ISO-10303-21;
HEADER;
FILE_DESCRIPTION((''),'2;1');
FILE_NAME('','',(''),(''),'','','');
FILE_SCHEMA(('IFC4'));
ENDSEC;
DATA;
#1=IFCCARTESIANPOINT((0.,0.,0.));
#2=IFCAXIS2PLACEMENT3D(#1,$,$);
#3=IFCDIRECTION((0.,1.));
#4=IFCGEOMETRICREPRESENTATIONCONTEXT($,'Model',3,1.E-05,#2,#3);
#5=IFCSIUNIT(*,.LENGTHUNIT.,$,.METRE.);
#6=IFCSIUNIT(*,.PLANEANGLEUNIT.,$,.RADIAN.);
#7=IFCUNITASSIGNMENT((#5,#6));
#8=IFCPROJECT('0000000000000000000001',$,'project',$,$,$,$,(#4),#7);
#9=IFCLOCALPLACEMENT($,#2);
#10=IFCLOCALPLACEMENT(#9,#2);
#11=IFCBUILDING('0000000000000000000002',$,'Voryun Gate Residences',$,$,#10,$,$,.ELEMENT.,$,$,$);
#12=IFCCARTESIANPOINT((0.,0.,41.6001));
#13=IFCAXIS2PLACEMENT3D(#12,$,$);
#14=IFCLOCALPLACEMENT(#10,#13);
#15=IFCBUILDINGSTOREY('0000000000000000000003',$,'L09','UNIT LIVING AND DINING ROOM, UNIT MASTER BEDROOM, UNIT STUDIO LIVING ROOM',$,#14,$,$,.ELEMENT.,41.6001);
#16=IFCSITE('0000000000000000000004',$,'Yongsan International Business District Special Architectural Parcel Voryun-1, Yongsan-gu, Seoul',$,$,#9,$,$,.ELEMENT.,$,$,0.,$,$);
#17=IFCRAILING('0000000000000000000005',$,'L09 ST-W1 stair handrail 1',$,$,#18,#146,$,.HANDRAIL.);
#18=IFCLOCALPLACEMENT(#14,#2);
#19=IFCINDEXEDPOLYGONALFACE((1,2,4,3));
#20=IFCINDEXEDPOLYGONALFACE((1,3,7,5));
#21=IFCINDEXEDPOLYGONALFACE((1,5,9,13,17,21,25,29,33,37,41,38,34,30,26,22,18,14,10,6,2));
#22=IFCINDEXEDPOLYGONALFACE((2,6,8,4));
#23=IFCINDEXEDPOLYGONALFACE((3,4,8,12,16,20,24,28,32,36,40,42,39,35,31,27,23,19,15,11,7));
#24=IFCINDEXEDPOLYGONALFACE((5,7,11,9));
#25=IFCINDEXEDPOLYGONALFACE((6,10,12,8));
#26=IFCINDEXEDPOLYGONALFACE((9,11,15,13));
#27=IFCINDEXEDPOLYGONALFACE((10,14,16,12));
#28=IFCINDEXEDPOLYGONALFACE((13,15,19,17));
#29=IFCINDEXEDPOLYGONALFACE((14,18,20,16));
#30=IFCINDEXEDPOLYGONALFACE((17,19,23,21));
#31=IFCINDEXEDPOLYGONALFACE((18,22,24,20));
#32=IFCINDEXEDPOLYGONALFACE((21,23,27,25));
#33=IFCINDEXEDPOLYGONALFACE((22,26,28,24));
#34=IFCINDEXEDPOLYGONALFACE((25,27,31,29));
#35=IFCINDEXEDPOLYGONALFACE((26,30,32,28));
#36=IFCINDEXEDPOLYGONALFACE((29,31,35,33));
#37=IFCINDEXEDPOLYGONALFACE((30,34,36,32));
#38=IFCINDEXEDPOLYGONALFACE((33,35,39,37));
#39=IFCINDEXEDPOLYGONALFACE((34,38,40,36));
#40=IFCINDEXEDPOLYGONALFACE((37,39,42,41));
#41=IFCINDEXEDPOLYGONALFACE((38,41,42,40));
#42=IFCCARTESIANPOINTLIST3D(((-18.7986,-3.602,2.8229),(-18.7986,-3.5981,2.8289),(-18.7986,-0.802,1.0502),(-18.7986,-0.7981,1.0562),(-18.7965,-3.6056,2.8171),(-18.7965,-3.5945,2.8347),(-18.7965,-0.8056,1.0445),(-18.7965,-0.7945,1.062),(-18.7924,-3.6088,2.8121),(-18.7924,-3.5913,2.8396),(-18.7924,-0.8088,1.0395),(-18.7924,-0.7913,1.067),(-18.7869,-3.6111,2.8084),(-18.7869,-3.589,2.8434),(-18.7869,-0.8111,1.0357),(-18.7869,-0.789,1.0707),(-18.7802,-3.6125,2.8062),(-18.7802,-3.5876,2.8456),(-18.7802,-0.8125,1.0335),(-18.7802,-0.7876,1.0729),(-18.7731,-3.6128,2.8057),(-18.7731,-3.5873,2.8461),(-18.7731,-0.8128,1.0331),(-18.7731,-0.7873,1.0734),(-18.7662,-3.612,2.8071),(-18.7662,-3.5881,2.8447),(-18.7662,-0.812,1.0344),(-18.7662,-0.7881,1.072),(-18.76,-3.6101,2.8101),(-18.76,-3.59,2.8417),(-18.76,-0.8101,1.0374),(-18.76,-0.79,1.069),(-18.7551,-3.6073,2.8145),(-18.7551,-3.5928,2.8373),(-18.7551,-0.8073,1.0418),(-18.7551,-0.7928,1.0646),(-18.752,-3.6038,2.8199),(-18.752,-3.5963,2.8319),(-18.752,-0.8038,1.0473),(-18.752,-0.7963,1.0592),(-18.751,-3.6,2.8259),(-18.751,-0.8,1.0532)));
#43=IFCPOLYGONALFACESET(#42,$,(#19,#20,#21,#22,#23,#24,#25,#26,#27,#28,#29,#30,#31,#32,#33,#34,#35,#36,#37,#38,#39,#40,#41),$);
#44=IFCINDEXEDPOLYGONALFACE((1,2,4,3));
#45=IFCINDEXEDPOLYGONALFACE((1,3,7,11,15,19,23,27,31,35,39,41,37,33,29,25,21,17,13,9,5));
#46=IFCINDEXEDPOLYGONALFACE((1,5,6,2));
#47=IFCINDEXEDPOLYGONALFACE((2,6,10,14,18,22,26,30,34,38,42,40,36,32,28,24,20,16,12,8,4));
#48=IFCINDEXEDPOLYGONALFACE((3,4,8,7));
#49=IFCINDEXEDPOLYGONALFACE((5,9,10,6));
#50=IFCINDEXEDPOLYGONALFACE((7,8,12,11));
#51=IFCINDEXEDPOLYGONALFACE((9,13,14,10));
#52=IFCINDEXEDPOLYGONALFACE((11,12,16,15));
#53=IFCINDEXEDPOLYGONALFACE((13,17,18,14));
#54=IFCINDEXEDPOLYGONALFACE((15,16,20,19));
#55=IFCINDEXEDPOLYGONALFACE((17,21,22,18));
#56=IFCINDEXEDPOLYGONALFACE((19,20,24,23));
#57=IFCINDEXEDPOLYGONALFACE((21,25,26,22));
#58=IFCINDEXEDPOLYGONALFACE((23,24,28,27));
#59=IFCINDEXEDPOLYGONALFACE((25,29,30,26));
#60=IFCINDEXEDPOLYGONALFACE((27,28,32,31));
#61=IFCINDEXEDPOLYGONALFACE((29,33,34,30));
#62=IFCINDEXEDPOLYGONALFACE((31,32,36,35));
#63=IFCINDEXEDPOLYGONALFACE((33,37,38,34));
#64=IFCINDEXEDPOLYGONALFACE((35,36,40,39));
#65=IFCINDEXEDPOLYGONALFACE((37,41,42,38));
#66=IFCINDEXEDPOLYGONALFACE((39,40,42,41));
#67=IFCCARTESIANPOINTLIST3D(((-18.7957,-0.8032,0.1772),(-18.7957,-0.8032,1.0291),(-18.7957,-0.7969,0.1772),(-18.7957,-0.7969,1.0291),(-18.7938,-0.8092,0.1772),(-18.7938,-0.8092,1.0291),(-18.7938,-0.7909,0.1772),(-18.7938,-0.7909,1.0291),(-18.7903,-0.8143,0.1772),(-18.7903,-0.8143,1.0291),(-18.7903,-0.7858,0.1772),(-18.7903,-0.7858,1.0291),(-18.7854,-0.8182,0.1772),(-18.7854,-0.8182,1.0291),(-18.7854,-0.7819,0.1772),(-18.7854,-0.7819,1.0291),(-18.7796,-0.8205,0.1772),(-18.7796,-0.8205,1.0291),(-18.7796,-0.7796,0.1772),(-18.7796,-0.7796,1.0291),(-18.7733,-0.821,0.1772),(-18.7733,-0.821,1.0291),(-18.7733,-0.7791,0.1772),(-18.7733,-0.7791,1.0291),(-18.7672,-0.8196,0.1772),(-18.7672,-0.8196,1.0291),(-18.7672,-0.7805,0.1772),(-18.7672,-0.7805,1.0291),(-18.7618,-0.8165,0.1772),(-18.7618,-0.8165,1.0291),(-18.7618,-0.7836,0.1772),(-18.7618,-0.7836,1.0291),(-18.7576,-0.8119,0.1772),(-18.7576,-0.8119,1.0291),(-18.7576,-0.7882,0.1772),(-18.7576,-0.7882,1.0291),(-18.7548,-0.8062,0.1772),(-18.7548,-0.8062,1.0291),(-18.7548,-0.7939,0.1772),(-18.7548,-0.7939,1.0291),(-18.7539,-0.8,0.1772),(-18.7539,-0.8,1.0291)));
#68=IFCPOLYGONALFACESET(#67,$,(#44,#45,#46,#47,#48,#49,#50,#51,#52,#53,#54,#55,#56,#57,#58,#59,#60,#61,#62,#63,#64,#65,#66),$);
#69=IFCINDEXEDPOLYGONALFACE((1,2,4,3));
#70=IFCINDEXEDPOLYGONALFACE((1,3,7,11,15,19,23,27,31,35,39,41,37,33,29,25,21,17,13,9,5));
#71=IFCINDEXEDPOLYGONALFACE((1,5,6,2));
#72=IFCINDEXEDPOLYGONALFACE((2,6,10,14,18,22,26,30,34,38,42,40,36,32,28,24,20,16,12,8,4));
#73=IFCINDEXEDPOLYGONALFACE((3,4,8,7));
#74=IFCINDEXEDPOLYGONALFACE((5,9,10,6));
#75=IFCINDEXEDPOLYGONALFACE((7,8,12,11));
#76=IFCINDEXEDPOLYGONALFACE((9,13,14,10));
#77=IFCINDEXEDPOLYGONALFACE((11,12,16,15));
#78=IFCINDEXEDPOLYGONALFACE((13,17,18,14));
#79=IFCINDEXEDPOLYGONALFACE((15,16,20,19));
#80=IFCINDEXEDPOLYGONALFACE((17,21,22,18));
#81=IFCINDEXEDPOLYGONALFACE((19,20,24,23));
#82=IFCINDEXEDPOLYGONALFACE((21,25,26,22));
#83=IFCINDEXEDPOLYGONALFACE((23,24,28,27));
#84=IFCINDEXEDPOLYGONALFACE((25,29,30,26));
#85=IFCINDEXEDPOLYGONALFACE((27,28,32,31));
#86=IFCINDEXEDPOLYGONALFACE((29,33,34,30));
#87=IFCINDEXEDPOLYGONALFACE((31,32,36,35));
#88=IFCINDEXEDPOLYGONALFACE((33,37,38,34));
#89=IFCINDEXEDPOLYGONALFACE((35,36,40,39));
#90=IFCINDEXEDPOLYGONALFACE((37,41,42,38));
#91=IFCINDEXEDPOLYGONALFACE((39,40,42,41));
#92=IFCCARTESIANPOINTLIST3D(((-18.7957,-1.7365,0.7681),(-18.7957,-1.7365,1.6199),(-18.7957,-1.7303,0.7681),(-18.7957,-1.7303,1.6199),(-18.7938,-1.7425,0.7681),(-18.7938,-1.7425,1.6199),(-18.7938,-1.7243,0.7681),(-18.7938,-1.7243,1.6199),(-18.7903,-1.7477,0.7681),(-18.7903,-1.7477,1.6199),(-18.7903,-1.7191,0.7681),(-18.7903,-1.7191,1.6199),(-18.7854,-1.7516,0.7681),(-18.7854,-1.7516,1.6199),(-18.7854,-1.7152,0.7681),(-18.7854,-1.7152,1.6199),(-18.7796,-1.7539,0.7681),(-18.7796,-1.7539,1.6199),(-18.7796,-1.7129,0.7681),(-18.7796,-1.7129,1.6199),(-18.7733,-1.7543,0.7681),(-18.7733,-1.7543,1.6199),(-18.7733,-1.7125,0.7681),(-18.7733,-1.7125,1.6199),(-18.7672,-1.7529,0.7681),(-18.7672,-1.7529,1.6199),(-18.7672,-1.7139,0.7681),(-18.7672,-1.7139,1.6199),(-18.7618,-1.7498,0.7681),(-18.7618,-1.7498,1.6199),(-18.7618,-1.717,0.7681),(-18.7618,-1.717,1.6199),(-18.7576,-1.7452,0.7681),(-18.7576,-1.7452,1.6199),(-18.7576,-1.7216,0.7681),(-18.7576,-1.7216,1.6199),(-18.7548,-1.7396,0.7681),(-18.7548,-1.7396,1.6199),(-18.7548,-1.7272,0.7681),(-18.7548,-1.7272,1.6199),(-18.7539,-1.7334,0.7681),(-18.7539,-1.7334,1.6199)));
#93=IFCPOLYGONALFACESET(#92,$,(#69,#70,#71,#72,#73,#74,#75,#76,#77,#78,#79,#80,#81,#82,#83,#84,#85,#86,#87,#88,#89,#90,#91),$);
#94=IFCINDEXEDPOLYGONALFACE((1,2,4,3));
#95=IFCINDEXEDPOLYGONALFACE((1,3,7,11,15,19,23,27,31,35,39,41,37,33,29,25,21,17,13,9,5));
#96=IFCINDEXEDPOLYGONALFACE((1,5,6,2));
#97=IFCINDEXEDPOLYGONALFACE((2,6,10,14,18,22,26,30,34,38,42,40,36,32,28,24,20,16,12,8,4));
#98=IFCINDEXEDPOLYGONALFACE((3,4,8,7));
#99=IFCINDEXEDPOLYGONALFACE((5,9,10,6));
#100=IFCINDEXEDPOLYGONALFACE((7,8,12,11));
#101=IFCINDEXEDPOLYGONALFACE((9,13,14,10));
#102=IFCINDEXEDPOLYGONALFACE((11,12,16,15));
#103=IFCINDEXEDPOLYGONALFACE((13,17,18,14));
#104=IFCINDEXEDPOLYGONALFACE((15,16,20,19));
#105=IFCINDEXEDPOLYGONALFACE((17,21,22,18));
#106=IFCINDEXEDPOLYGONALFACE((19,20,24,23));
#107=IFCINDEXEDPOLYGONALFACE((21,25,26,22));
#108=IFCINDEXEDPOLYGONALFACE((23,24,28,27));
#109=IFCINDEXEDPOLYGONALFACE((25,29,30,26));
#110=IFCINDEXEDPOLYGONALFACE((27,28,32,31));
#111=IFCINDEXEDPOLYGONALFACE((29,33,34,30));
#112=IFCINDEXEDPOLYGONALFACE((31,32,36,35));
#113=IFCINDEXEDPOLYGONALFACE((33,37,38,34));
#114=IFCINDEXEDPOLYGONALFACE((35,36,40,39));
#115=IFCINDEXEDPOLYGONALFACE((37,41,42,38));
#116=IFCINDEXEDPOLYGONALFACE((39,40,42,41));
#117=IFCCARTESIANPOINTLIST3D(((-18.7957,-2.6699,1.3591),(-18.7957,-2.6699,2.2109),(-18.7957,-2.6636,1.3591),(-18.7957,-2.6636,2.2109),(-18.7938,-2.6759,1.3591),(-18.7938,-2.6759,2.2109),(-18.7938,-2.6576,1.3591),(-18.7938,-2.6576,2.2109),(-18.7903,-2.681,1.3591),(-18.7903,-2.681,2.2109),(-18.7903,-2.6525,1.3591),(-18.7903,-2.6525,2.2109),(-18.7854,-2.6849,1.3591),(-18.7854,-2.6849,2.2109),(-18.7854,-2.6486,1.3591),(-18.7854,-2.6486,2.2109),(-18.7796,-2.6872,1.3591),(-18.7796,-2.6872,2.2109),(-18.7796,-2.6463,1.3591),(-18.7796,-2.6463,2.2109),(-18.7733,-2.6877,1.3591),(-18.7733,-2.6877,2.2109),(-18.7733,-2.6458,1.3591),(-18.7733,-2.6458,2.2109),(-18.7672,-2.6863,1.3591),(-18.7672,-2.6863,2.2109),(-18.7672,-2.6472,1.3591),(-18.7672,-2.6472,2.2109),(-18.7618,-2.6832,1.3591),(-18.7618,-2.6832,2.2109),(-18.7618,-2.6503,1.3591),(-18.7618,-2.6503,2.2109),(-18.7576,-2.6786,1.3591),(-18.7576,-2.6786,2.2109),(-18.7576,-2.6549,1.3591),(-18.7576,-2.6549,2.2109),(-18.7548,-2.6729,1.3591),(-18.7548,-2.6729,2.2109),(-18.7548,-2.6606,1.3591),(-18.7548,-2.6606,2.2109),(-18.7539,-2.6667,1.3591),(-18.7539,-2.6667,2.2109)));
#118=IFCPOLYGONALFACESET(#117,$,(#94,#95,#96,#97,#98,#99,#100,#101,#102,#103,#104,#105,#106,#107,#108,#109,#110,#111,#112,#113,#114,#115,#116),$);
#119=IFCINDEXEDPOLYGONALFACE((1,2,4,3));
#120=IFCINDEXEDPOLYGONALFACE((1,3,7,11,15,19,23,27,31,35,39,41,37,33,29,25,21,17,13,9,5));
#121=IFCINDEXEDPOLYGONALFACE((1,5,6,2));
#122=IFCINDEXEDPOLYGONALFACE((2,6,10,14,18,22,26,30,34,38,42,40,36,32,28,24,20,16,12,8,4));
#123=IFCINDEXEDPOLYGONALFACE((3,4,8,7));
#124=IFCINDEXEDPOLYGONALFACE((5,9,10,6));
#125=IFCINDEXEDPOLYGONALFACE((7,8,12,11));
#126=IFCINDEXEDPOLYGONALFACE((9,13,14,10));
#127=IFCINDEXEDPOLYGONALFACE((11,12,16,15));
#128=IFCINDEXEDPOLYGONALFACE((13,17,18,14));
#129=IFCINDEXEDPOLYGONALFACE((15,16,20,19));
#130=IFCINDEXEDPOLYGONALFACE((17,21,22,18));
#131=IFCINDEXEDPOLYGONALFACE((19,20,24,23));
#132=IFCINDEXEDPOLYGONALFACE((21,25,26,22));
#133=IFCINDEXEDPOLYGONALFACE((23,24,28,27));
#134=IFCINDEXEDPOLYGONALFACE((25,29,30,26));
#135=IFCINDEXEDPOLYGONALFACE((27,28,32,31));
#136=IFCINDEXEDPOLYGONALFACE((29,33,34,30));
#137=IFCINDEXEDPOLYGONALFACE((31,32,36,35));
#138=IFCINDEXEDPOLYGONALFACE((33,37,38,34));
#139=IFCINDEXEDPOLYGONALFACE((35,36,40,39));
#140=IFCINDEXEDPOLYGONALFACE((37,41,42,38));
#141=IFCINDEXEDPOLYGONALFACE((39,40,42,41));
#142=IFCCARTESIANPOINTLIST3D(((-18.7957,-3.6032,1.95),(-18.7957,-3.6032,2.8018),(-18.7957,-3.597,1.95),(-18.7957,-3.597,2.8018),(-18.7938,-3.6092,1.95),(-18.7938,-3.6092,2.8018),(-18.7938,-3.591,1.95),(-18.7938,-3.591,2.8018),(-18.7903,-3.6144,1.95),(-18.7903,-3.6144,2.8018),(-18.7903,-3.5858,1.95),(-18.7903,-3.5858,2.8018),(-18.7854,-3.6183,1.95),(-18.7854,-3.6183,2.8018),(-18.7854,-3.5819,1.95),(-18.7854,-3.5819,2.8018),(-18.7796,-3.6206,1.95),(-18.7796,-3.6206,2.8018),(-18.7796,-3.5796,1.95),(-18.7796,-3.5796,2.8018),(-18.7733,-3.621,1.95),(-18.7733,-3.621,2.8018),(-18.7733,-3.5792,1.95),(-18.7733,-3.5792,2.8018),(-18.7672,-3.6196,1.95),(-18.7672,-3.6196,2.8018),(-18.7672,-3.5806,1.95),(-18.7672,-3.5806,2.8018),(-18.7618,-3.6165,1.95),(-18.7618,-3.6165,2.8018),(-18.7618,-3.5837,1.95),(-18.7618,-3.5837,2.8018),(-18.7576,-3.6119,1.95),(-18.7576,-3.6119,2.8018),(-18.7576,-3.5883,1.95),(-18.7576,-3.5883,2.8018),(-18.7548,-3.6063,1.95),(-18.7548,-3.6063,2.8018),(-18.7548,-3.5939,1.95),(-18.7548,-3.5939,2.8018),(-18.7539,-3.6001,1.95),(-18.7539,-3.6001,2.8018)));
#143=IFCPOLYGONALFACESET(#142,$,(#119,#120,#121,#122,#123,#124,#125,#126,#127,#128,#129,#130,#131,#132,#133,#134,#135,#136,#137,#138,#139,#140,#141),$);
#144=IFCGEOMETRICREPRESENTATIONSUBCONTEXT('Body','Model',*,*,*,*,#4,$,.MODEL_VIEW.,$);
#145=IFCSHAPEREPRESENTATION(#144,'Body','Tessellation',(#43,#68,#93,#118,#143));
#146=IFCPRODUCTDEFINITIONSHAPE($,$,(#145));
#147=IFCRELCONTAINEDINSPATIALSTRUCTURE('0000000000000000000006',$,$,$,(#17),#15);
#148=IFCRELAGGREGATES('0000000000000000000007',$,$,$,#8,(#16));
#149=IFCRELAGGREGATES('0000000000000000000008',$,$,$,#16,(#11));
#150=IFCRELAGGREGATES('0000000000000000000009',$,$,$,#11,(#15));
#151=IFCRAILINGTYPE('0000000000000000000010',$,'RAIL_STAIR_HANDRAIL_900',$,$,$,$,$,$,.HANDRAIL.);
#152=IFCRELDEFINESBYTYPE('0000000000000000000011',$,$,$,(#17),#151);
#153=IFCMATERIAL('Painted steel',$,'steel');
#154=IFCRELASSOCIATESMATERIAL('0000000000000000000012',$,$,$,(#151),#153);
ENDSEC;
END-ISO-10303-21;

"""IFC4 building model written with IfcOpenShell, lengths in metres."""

from ifc_helpers import new_model, si_unit, direction, frame, origin, origin_2d, place, context, subcontext, project, spatial, circle, extrude, material, type_object, element, save


model = new_model("IFC4")

# Units and contexts
model_context = context("Model", 3, precision=1e-05, world=origin(), true_north=direction((0.0, 1.0)))
body_context = subcontext(model_context, "Body", "Model", "MODEL_VIEW")
ifc_project = project(units=[si_unit("LENGTHUNIT", "METRE"), si_unit("PLANEANGLEUNIT", "RADIAN")], contexts=[model_context])

# Site, building, storey
site_placement = place(None, origin())
site = spatial("IfcSite", under=ifc_project, at=site_placement, Name="Yongsan International Business District Special Architectural Parcel Voryun-1, Yongsan-gu, Seoul", CompositionType="ELEMENT", RefElevation=0.0)
building_placement = place(site_placement, origin())
building = spatial("IfcBuilding", under=site, at=building_placement, Name="Voryun Gate Residences", CompositionType="ELEMENT")
storey_placement = place(building_placement, frame((0.0, 0.0, 41.6001)))
storey = spatial("IfcBuildingStorey", under=building, at=storey_placement, Name="L09", Description="UNIT LIVING AND DINING ROOM, UNIT MASTER BEDROOM, UNIT STUDIO LIVING ROOM", CompositionType="ELEMENT", Elevation=41.6001)

# Railing
ifc_material_1 = material(Name="Painted steel", Category="steel")
railing_type_1 = type_object("IfcRailingType", Name="RAIL_STAIR_HANDRAIL_900", PredefinedType="HANDRAIL", material=ifc_material_1)
railing_1_placement = place(storey_placement, frame((-18.7749, -0.8, 0.1772)))
element("IfcRailing", 1, at=railing_1_placement, inside=storey, type_object=railing_type_1, Name="L09 ST-W1 stair handrail 1", PredefinedType="HANDRAIL", context=body_context, shape_type="SweptSolid", body=[
    extrude(circle(Radius=0.0239, at=origin_2d()), frame((0.0, 0.0, 0.876), z_axis=(0.0, -0.844909, 0.53491), x_axis=(1.0, 0.0, 0.0)), (0.0, 0.0, 1.0), 3.314),
    extrude(circle(Radius=0.021, at=origin_2d()), origin(), (0.0, 0.0, 1.0), 0.8518),
    extrude(circle(Radius=0.021, at=origin_2d()), frame((0.0, -0.9333, 0.5908)), (0.0, 0.0, 1.0), 0.8518),
    extrude(circle(Radius=0.021, at=origin_2d()), frame((0.0, -1.8667, 1.1819)), (0.0, 0.0, 1.0), 0.8518),
    extrude(circle(Radius=0.021, at=origin_2d()), frame((0.0, -2.8, 1.7727)), (0.0, 0.0, 1.0), 0.8518),
])

save(model, "model.ifc")
